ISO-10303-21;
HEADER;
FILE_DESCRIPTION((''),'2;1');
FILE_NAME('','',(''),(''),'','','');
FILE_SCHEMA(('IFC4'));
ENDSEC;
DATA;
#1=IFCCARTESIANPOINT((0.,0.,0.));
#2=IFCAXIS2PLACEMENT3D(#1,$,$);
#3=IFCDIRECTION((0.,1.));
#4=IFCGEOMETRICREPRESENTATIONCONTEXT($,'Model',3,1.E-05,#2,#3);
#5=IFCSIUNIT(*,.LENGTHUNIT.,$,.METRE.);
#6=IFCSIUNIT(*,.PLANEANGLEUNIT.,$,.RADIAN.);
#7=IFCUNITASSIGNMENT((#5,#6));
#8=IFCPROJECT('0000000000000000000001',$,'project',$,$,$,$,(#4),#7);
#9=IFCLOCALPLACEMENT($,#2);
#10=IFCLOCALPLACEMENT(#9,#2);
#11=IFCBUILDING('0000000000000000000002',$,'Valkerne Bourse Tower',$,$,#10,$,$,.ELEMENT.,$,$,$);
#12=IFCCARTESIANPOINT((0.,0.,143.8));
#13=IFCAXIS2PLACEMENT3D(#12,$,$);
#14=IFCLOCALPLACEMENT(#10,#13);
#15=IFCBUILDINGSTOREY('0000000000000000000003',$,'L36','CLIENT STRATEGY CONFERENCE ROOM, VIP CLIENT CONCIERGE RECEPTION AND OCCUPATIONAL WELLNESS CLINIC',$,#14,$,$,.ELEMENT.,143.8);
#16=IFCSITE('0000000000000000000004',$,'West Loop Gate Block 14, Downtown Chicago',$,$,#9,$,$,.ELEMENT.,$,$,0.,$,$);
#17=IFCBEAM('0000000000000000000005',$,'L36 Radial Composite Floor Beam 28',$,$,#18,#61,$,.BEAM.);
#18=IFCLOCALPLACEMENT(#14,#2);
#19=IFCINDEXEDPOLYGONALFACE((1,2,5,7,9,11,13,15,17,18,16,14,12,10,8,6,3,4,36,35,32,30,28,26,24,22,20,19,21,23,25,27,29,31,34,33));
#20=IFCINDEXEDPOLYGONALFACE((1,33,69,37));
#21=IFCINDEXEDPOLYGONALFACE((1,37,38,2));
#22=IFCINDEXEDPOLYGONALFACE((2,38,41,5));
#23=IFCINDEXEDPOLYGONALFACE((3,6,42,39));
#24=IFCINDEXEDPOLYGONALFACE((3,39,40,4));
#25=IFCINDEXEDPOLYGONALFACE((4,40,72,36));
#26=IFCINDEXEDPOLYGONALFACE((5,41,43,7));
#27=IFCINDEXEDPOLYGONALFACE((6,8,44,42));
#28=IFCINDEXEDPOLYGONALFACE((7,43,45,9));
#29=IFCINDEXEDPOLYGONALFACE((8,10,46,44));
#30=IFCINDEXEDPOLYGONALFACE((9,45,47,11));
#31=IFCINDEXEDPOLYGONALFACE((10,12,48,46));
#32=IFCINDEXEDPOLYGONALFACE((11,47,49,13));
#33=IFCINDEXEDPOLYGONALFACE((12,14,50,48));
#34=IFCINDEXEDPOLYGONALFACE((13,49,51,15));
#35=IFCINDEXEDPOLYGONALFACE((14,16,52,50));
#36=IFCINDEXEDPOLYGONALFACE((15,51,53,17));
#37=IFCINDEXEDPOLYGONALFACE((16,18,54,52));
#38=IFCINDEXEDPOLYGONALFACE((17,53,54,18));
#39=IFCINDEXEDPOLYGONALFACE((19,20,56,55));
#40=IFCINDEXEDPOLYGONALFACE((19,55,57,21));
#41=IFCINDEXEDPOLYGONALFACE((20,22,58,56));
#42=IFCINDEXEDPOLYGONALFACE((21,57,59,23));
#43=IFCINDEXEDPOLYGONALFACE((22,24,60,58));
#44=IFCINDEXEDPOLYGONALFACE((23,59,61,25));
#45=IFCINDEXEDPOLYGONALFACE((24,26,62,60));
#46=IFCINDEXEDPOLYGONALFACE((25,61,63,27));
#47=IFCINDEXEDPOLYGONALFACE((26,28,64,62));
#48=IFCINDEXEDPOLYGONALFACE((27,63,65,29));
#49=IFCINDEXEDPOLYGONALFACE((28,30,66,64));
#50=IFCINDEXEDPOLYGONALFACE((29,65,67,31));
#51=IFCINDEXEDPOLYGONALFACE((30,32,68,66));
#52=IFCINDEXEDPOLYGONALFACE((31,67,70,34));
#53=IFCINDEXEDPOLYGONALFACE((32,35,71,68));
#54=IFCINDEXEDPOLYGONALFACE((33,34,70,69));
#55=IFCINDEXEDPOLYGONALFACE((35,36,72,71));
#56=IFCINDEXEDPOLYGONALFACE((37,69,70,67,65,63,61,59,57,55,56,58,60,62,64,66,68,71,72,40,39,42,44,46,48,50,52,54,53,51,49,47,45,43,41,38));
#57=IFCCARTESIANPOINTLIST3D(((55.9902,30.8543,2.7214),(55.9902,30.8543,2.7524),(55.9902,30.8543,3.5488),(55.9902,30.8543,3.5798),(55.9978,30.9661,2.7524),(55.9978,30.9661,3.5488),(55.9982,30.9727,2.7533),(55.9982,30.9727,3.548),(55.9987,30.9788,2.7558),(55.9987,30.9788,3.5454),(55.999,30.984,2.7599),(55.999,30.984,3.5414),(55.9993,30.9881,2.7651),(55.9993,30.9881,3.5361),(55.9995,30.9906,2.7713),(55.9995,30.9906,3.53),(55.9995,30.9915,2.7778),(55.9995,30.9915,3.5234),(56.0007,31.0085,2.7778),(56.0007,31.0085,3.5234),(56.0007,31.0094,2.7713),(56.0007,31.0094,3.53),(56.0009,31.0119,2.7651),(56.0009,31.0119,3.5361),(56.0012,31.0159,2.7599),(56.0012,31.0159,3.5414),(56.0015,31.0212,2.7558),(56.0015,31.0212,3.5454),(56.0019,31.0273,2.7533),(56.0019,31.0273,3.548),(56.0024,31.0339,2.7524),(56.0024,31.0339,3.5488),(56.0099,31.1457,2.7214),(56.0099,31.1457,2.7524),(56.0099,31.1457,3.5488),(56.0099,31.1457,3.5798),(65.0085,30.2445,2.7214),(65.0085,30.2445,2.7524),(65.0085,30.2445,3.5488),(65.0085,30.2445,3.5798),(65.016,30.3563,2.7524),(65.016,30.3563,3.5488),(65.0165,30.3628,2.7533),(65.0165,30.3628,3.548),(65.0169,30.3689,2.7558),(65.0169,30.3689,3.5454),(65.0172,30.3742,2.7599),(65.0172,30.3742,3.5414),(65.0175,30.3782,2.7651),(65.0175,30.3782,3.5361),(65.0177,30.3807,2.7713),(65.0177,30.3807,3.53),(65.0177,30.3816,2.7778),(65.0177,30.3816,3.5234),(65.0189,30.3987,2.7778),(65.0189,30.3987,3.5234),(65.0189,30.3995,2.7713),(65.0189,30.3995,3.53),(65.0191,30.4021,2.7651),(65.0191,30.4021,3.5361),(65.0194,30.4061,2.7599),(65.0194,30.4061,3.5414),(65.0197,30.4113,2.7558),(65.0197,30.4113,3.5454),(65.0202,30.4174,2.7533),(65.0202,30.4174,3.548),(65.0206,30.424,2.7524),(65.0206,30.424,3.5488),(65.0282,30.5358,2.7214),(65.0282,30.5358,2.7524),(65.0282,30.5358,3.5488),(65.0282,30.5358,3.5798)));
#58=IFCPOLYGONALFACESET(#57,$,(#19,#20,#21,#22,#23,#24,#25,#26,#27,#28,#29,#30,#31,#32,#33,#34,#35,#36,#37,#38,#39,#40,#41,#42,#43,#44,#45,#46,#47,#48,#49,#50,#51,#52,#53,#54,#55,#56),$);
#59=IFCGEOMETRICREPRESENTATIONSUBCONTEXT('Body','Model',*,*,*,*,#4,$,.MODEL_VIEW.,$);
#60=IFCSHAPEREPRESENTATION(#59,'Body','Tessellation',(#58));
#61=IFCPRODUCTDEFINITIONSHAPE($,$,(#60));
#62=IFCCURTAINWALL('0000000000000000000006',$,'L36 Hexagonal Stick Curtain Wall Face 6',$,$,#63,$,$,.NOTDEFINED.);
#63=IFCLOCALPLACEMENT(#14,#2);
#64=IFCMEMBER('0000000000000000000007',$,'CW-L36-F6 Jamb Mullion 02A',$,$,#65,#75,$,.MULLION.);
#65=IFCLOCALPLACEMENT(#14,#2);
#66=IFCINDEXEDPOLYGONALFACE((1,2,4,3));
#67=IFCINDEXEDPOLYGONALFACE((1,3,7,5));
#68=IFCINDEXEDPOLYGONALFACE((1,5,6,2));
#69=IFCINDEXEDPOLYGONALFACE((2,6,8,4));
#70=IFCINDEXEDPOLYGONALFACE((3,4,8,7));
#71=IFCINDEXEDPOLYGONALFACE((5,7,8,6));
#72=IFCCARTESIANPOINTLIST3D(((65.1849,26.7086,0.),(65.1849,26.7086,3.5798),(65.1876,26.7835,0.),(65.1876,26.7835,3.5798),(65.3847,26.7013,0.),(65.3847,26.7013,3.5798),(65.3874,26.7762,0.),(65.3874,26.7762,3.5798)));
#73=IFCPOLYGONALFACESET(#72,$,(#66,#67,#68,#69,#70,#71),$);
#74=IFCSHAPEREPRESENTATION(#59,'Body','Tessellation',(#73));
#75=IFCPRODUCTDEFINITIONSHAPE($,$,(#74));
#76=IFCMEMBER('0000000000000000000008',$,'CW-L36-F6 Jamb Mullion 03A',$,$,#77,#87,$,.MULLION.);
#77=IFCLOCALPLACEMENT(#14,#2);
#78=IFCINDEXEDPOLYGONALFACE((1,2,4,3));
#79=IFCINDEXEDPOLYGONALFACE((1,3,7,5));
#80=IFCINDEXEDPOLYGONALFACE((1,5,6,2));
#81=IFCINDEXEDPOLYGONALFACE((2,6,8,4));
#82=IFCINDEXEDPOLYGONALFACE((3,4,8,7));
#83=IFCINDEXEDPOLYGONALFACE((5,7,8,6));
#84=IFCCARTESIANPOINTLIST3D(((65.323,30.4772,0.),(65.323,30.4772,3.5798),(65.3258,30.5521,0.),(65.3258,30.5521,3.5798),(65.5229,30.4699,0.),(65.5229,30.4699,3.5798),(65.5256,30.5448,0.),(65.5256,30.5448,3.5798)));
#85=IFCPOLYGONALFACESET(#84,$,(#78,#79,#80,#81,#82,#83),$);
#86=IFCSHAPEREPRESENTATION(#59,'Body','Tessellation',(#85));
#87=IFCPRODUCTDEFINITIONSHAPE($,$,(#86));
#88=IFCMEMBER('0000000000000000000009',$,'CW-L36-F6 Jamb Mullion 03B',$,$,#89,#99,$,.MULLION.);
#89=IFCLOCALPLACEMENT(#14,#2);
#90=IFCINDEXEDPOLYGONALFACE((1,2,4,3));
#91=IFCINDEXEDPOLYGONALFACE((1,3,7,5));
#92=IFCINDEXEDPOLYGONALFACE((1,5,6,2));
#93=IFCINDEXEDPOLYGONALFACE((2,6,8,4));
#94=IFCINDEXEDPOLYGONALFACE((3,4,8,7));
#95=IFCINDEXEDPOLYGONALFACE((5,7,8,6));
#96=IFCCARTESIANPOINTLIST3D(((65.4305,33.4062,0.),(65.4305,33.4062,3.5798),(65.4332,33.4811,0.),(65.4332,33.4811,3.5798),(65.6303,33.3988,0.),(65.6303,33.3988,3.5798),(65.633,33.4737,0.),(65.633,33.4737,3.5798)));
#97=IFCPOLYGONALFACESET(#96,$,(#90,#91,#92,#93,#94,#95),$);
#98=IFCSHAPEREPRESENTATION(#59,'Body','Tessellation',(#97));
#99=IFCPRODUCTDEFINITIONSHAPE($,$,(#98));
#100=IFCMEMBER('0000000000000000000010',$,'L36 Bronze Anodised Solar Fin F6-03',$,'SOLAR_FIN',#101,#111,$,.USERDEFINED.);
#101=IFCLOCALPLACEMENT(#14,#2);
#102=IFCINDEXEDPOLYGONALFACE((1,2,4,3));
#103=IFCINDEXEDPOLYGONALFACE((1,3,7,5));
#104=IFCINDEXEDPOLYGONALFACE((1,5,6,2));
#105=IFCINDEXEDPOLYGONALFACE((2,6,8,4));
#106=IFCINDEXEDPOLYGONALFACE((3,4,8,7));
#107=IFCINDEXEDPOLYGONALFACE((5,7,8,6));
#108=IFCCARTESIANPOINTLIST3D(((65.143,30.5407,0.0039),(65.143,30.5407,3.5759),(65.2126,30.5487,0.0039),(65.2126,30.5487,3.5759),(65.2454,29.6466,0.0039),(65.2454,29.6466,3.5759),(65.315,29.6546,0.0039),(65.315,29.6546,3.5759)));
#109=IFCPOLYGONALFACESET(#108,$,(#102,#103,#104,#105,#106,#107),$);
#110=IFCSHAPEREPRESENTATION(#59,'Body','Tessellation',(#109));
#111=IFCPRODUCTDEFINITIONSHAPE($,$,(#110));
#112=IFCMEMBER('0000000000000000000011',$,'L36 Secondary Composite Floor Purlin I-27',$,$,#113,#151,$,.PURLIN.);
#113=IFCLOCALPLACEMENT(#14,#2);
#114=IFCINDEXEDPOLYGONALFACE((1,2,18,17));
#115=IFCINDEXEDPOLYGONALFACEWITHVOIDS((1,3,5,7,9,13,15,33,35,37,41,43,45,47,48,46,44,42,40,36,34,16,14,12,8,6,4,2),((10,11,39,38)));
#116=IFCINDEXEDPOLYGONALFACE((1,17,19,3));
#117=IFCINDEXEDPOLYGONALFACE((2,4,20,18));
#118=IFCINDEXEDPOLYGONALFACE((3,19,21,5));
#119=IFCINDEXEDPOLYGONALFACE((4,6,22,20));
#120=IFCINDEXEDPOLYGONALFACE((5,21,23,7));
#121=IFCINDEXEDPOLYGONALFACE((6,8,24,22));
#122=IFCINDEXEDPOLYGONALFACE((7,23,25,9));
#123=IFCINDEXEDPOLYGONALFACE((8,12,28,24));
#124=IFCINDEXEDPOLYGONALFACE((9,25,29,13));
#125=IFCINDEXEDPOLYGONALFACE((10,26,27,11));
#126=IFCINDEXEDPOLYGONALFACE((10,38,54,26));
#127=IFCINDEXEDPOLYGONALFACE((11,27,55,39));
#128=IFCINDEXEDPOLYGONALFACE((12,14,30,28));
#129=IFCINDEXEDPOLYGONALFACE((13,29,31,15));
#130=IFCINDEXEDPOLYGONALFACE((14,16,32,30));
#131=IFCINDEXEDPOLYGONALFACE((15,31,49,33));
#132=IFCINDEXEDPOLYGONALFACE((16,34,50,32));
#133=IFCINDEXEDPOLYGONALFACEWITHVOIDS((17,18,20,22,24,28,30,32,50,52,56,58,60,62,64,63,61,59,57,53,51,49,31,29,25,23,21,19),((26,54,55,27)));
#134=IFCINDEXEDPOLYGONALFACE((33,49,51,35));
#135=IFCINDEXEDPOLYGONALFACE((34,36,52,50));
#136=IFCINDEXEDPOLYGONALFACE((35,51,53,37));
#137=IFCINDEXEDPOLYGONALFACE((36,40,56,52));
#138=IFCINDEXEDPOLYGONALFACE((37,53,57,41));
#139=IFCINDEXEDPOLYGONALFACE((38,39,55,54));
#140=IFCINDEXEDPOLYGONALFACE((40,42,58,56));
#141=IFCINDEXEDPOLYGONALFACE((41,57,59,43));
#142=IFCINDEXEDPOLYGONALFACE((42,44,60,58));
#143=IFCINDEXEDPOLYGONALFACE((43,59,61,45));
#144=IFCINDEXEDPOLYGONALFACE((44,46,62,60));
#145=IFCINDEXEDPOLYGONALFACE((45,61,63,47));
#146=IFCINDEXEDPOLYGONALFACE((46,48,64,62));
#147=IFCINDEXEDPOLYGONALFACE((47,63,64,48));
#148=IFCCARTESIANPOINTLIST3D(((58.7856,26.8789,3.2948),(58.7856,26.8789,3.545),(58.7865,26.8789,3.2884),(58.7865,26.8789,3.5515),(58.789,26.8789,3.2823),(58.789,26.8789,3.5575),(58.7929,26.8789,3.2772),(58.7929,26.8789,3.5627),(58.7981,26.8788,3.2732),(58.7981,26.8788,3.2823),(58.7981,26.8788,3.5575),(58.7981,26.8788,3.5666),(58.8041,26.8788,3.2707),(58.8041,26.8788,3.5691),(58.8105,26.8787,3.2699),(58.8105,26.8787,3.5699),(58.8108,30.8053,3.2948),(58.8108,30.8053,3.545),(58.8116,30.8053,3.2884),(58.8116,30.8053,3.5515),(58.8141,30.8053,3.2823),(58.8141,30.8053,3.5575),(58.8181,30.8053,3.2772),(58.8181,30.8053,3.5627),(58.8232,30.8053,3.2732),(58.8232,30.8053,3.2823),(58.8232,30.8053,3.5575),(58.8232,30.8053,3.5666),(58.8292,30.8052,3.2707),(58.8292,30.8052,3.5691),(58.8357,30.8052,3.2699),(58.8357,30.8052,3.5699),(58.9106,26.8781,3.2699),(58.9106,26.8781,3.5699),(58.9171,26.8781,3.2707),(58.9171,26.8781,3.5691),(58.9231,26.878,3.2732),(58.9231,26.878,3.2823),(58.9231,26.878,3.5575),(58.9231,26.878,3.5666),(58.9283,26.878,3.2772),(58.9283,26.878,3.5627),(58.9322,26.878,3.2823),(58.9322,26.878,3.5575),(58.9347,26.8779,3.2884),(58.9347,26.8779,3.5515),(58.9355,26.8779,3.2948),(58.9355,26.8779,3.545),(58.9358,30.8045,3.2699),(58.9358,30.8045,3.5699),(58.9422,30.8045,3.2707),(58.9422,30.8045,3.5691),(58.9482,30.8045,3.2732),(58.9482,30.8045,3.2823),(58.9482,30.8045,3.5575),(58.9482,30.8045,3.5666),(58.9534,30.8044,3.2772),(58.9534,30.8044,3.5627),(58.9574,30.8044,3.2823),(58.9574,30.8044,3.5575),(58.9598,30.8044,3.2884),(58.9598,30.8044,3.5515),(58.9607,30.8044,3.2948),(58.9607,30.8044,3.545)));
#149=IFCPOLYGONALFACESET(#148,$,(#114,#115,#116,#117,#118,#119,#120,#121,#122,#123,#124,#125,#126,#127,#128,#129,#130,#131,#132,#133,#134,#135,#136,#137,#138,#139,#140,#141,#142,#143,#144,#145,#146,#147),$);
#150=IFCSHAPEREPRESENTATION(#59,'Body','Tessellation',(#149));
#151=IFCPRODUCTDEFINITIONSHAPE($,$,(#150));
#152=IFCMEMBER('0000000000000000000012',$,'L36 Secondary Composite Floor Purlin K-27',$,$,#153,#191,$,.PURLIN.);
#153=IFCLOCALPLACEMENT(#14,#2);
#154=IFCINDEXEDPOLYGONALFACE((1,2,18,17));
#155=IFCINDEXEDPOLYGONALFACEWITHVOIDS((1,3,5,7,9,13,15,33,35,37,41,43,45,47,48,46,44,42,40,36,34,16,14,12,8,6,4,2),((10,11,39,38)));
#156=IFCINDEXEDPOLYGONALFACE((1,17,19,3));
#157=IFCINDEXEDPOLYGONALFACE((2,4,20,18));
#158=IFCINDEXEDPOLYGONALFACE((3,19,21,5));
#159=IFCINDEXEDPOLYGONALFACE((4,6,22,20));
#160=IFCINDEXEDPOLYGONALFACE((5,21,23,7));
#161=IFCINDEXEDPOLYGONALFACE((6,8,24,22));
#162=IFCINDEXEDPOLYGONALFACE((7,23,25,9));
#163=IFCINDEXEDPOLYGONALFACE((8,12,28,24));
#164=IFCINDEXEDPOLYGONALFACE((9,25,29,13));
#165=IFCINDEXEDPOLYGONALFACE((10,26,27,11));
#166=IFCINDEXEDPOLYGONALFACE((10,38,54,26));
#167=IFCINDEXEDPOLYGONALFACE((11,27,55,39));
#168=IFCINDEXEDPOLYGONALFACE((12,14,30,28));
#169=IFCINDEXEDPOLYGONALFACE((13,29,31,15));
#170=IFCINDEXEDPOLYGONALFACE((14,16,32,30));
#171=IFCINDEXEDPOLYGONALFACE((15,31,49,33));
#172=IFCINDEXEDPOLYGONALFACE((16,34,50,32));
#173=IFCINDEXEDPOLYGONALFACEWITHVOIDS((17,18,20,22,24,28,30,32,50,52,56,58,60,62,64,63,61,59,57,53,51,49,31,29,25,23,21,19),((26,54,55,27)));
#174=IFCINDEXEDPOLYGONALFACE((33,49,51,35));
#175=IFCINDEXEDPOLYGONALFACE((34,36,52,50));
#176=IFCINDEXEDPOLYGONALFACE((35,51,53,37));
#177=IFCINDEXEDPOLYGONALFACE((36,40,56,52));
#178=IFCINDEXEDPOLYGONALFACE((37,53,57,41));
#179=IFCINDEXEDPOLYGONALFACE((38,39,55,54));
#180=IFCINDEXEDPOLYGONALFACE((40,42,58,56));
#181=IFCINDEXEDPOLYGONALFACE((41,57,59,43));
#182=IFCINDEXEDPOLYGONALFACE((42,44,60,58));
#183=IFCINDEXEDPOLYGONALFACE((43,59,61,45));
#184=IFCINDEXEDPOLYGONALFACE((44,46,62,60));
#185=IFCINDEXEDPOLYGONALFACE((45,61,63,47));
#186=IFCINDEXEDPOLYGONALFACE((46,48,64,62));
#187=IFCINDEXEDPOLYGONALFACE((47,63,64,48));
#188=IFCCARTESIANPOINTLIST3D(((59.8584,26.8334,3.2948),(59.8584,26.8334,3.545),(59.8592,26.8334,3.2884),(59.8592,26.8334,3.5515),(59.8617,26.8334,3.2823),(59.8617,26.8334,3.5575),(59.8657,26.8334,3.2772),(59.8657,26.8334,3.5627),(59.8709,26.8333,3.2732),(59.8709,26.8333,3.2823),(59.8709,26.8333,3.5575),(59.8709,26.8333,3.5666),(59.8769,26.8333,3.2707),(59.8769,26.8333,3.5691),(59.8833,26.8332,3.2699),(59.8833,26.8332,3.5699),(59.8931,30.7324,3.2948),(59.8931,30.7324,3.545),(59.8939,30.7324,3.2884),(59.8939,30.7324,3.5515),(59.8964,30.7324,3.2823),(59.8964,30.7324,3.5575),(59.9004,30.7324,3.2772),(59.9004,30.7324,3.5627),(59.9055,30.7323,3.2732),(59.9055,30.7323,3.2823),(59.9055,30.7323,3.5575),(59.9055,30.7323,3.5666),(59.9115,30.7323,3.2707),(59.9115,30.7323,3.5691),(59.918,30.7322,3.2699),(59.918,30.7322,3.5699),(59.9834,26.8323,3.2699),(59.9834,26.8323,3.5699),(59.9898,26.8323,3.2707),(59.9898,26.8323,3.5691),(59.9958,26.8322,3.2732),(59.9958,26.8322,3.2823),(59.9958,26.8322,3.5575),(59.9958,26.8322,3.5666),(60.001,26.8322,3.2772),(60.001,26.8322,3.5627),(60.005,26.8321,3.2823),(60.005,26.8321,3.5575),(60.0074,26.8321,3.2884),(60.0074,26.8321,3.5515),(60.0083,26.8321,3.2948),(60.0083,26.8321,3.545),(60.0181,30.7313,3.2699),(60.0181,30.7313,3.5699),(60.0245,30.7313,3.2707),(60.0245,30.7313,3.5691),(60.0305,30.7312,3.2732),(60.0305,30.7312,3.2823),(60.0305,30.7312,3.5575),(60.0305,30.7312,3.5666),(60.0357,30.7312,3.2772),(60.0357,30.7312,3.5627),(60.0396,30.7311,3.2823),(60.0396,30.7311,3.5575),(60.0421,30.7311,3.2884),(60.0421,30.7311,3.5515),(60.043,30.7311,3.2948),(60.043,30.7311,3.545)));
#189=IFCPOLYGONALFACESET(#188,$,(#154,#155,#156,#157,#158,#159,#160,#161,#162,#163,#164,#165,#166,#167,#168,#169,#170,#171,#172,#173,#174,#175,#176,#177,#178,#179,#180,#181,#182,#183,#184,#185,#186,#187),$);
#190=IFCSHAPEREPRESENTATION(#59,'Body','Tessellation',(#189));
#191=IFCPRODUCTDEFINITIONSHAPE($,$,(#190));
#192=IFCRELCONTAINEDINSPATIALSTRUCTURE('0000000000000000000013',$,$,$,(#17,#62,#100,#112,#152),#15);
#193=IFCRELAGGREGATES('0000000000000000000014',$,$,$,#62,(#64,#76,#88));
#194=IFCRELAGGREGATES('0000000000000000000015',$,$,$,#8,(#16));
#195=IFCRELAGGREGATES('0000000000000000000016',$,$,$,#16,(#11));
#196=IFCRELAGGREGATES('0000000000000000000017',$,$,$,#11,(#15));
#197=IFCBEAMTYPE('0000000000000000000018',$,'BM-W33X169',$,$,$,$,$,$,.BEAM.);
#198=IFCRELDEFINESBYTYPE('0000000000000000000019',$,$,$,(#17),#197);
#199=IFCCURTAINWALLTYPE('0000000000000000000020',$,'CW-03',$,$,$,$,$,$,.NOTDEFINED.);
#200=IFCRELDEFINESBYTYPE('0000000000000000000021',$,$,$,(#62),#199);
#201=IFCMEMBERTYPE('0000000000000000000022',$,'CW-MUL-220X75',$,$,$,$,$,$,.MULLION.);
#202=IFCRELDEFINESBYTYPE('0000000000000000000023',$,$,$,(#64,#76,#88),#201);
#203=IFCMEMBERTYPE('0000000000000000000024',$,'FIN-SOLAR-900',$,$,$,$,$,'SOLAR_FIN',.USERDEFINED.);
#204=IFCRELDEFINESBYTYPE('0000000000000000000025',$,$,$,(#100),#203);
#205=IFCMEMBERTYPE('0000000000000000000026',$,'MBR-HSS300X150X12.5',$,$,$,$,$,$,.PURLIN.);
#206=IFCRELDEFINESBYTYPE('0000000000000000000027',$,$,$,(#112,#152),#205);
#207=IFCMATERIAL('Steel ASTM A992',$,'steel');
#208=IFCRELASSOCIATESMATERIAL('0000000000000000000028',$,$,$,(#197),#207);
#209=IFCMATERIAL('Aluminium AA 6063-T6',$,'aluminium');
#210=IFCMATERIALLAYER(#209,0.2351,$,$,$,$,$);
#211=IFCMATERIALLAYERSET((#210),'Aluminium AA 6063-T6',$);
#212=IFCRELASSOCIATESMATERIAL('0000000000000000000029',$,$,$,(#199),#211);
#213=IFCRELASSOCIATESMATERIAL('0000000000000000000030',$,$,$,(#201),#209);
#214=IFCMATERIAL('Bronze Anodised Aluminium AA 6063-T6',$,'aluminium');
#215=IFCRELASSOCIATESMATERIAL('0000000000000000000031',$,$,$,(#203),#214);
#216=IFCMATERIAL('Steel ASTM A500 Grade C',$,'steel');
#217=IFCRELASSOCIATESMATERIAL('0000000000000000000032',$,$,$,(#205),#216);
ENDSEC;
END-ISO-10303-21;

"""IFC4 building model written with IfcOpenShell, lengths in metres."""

from ifc_helpers import new_model, si_unit, direction, frame, origin, origin_2d, place, context, subcontext, project, spatial, rectangle, hollow_rectangle, i_section, extrude, material, layer, layer_set, material_profile, profile_set, type_object, element, aggregate, save


model = new_model("IFC4")

# Units and contexts
model_context = context("Model", 3, precision=1e-05, world=origin(), true_north=direction((0.0, 1.0)))
body_context = subcontext(model_context, "Body", "Model", "MODEL_VIEW")
ifc_project = project(units=[si_unit("LENGTHUNIT", "METRE"), si_unit("PLANEANGLEUNIT", "RADIAN")], contexts=[model_context])

# Site, building, storey
site_placement = place(None, origin())
site = spatial("IfcSite", under=ifc_project, at=site_placement, Name="West Loop Gate Block 14, Downtown Chicago", CompositionType="ELEMENT", RefElevation=0.0)
building_placement = place(site_placement, origin())
building = spatial("IfcBuilding", under=site, at=building_placement, Name="Valkerne Bourse Tower", CompositionType="ELEMENT")
storey_placement = place(building_placement, frame((0.0, 0.0, 143.8)))
storey = spatial("IfcBuildingStorey", under=building, at=storey_placement, Name="L36", Description="CLIENT STRATEGY CONFERENCE ROOM, VIP CLIENT CONCIERGE RECEPTION AND OCCUPATIONAL WELLNESS CLINIC", CompositionType="ELEMENT", Elevation=143.8)

# Beam
ifc_material_1 = material(Name="Steel ASTM A992", Category="steel")
ifc_material_profile_1 = material_profile(ifc_material_1, i_section(OverallWidth=0.292, OverallDepth=0.8584, WebThickness=0.0171, FlangeThickness=0.031, FilletRadius=0.0254, at=origin_2d()), Name="W33X169")
ifc_profile_set_1 = profile_set([ifc_material_profile_1], Name="Steel ASTM A992")
beam_type_1 = type_object("IfcBeamType", Name="BM-W33X169", PredefinedType="BEAM", material=ifc_profile_set_1)
beam_placement = place(storey_placement, frame((65.0183, 30.3901, 3.1506), z_axis=(-0.997721, 0.067471, 0.0), x_axis=(-0.067471, -0.997721, 0.0)))
element("IfcBeam", 1, at=beam_placement, inside=storey, type_object=beam_type_1, Name="L36 Radial Composite Floor Beam 28", PredefinedType="BEAM", context=body_context, shape_type="SweptSolid", body=[
    extrude(i_section(OverallWidth=0.292, OverallDepth=0.8584, WebThickness=0.0171, FlangeThickness=0.031, FilletRadius=0.0254, at=origin_2d()), origin(), (0.0, 0.0, 1.0), 9.0388),
])

# Curtain wall, members
ifc_material_2 = material(Name="Aluminium AA 6063-T6", Category="aluminium")
ifc_layer_1 = layer(ifc_material_2, 0.2351)
ifc_layer_set_1 = layer_set([ifc_layer_1], Name="Aluminium AA 6063-T6")
curtain_wall_type = type_object("IfcCurtainWallType", Name="CW-03", PredefinedType="NOTDEFINED", material=ifc_layer_set_1)
curtain_wall_placement = place(storey_placement, origin())
curtain_wall = element("IfcCurtainWall", 2, at=curtain_wall_placement, inside=storey, type_object=curtain_wall_type, Name="L36 Hexagonal Stick Curtain Wall Face 6", PredefinedType="NOTDEFINED")
ifc_material_profile_2 = material_profile(ifc_material_2, rectangle(XDim=0.075, YDim=0.2, at=origin_2d()), Name="CWM-75X200")
ifc_profile_set_2 = profile_set([ifc_material_profile_2], Name="Aluminium AA 6063-T6")
member_type_1 = type_object("IfcMemberType", Name="CW-MUL-220X75", PredefinedType="MULLION", material=ifc_profile_set_2)
member_1_placement = place(storey_placement, frame((65.2861, 26.7424, 0.0), z_axis=(0.0, 0.0, 1.0), x_axis=(0.036649, 0.999328, 0.0)))
member_1 = element("IfcMember", 3, at=member_1_placement, type_object=member_type_1, Name="CW-L36-F6 Jamb Mullion 02A", PredefinedType="MULLION", context=body_context, shape_type="SweptSolid", body=[
    extrude(rectangle(XDim=0.075, YDim=0.2, at=origin_2d()), origin(), (0.0, 0.0, 1.0), 3.5798),
])
member_2_placement = place(storey_placement, frame((65.4243, 30.511, 0.0), z_axis=(0.0, 0.0, 1.0), x_axis=(0.036648, 0.999328, 0.0)))
member_2 = element("IfcMember", 4, at=member_2_placement, type_object=member_type_1, Name="CW-L36-F6 Jamb Mullion 03A", PredefinedType="MULLION", context=body_context, shape_type="SweptSolid", body=[
    extrude(rectangle(XDim=0.075, YDim=0.2, at=origin_2d()), origin(), (0.0, 0.0, 1.0), 3.5798),
])
member_3_placement = place(storey_placement, frame((65.5317, 33.4399, 0.0), z_axis=(0.0, 0.0, 1.0), x_axis=(0.036648, 0.999328, 0.0)))
member_3 = element("IfcMember", 5, at=member_3_placement, type_object=member_type_1, Name="CW-L36-F6 Jamb Mullion 03B", PredefinedType="MULLION", context=body_context, shape_type="SweptSolid", body=[
    extrude(rectangle(XDim=0.075, YDim=0.2, at=origin_2d()), origin(), (0.0, 0.0, 1.0), 3.5798),
])

# Members
ifc_material_3 = material(Name="Bronze Anodised Aluminium AA 6063-T6", Category="aluminium")
ifc_material_profile_3 = material_profile(ifc_material_3, rectangle(XDim=0.0701, YDim=0.8999, at=origin_2d()), Name="FIN-70X900")
ifc_profile_set_3 = profile_set([ifc_material_profile_3], Name="Bronze Anodised Aluminium AA 6063-T6")
member_type_2 = type_object("IfcMemberType", Name="FIN-SOLAR-900", ElementType="SOLAR_FIN", PredefinedType="USERDEFINED", material=ifc_profile_set_3)
member_4_placement = place(storey_placement, frame((65.229, 30.0977, 0.0039), z_axis=(0.0, 0.0, 1.0), x_axis=(0.993496, 0.113868, 0.0)))
element("IfcMember", 6, at=member_4_placement, inside=storey, type_object=member_type_2, Name="L36 Bronze Anodised Solar Fin F6-03", ObjectType="SOLAR_FIN", PredefinedType="USERDEFINED", context=body_context, shape_type="SweptSolid", body=[
    extrude(rectangle(XDim=0.0701, YDim=0.8999, at=origin_2d()), origin(), (0.0, 0.0, 1.0), 3.572),
])
ifc_material_4 = material(Name="Steel ASTM A500 Grade C", Category="steel")
ifc_material_profile_4 = material_profile(ifc_material_4, hollow_rectangle(XDim=0.1499, YDim=0.3, WallThickness=0.0125, OuterFilletRadius=0.0249, at=origin_2d()), Name="HSS300X150X12.5")
ifc_profile_set_4 = profile_set([ifc_material_profile_4], Name="Steel ASTM A500 Grade C")
member_type_3 = type_object("IfcMemberType", Name="MBR-HSS300X150X12.5", PredefinedType="PURLIN", material=ifc_profile_set_4)
member_5_placement = place(storey_placement, frame((58.8606, 26.8784, 3.4199), z_axis=(0.006404, 0.999979, 0.0), x_axis=(-0.999979, 0.006404, 0.0)))
element("IfcMember", 7, at=member_5_placement, inside=storey, type_object=member_type_3, Name="L36 Secondary Composite Floor Purlin I-27", PredefinedType="PURLIN", context=body_context, shape_type="SweptSolid", body=[
    extrude(hollow_rectangle(XDim=0.1499, YDim=0.3, WallThickness=0.0125, OuterFilletRadius=0.0249, at=origin_2d()), origin(), (0.0, 0.0, 1.0), 3.9265),
])
member_6_placement = place(storey_placement, frame((59.9333, 26.8328, 3.4199), z_axis=(0.008891, 0.99996, 0.0), x_axis=(-0.99996, 0.008891, 0.0)))
element("IfcMember", 8, at=member_6_placement, inside=storey, type_object=member_type_3, Name="L36 Secondary Composite Floor Purlin K-27", PredefinedType="PURLIN", context=body_context, shape_type="SweptSolid", body=[
    extrude(hollow_rectangle(XDim=0.1499, YDim=0.3, WallThickness=0.0125, OuterFilletRadius=0.0249, at=origin_2d()), origin(), (0.0, 0.0, 1.0), 3.8992),
])

aggregate(curtain_wall, [member_1, member_2, member_3])

save(model, "model.ifc")
